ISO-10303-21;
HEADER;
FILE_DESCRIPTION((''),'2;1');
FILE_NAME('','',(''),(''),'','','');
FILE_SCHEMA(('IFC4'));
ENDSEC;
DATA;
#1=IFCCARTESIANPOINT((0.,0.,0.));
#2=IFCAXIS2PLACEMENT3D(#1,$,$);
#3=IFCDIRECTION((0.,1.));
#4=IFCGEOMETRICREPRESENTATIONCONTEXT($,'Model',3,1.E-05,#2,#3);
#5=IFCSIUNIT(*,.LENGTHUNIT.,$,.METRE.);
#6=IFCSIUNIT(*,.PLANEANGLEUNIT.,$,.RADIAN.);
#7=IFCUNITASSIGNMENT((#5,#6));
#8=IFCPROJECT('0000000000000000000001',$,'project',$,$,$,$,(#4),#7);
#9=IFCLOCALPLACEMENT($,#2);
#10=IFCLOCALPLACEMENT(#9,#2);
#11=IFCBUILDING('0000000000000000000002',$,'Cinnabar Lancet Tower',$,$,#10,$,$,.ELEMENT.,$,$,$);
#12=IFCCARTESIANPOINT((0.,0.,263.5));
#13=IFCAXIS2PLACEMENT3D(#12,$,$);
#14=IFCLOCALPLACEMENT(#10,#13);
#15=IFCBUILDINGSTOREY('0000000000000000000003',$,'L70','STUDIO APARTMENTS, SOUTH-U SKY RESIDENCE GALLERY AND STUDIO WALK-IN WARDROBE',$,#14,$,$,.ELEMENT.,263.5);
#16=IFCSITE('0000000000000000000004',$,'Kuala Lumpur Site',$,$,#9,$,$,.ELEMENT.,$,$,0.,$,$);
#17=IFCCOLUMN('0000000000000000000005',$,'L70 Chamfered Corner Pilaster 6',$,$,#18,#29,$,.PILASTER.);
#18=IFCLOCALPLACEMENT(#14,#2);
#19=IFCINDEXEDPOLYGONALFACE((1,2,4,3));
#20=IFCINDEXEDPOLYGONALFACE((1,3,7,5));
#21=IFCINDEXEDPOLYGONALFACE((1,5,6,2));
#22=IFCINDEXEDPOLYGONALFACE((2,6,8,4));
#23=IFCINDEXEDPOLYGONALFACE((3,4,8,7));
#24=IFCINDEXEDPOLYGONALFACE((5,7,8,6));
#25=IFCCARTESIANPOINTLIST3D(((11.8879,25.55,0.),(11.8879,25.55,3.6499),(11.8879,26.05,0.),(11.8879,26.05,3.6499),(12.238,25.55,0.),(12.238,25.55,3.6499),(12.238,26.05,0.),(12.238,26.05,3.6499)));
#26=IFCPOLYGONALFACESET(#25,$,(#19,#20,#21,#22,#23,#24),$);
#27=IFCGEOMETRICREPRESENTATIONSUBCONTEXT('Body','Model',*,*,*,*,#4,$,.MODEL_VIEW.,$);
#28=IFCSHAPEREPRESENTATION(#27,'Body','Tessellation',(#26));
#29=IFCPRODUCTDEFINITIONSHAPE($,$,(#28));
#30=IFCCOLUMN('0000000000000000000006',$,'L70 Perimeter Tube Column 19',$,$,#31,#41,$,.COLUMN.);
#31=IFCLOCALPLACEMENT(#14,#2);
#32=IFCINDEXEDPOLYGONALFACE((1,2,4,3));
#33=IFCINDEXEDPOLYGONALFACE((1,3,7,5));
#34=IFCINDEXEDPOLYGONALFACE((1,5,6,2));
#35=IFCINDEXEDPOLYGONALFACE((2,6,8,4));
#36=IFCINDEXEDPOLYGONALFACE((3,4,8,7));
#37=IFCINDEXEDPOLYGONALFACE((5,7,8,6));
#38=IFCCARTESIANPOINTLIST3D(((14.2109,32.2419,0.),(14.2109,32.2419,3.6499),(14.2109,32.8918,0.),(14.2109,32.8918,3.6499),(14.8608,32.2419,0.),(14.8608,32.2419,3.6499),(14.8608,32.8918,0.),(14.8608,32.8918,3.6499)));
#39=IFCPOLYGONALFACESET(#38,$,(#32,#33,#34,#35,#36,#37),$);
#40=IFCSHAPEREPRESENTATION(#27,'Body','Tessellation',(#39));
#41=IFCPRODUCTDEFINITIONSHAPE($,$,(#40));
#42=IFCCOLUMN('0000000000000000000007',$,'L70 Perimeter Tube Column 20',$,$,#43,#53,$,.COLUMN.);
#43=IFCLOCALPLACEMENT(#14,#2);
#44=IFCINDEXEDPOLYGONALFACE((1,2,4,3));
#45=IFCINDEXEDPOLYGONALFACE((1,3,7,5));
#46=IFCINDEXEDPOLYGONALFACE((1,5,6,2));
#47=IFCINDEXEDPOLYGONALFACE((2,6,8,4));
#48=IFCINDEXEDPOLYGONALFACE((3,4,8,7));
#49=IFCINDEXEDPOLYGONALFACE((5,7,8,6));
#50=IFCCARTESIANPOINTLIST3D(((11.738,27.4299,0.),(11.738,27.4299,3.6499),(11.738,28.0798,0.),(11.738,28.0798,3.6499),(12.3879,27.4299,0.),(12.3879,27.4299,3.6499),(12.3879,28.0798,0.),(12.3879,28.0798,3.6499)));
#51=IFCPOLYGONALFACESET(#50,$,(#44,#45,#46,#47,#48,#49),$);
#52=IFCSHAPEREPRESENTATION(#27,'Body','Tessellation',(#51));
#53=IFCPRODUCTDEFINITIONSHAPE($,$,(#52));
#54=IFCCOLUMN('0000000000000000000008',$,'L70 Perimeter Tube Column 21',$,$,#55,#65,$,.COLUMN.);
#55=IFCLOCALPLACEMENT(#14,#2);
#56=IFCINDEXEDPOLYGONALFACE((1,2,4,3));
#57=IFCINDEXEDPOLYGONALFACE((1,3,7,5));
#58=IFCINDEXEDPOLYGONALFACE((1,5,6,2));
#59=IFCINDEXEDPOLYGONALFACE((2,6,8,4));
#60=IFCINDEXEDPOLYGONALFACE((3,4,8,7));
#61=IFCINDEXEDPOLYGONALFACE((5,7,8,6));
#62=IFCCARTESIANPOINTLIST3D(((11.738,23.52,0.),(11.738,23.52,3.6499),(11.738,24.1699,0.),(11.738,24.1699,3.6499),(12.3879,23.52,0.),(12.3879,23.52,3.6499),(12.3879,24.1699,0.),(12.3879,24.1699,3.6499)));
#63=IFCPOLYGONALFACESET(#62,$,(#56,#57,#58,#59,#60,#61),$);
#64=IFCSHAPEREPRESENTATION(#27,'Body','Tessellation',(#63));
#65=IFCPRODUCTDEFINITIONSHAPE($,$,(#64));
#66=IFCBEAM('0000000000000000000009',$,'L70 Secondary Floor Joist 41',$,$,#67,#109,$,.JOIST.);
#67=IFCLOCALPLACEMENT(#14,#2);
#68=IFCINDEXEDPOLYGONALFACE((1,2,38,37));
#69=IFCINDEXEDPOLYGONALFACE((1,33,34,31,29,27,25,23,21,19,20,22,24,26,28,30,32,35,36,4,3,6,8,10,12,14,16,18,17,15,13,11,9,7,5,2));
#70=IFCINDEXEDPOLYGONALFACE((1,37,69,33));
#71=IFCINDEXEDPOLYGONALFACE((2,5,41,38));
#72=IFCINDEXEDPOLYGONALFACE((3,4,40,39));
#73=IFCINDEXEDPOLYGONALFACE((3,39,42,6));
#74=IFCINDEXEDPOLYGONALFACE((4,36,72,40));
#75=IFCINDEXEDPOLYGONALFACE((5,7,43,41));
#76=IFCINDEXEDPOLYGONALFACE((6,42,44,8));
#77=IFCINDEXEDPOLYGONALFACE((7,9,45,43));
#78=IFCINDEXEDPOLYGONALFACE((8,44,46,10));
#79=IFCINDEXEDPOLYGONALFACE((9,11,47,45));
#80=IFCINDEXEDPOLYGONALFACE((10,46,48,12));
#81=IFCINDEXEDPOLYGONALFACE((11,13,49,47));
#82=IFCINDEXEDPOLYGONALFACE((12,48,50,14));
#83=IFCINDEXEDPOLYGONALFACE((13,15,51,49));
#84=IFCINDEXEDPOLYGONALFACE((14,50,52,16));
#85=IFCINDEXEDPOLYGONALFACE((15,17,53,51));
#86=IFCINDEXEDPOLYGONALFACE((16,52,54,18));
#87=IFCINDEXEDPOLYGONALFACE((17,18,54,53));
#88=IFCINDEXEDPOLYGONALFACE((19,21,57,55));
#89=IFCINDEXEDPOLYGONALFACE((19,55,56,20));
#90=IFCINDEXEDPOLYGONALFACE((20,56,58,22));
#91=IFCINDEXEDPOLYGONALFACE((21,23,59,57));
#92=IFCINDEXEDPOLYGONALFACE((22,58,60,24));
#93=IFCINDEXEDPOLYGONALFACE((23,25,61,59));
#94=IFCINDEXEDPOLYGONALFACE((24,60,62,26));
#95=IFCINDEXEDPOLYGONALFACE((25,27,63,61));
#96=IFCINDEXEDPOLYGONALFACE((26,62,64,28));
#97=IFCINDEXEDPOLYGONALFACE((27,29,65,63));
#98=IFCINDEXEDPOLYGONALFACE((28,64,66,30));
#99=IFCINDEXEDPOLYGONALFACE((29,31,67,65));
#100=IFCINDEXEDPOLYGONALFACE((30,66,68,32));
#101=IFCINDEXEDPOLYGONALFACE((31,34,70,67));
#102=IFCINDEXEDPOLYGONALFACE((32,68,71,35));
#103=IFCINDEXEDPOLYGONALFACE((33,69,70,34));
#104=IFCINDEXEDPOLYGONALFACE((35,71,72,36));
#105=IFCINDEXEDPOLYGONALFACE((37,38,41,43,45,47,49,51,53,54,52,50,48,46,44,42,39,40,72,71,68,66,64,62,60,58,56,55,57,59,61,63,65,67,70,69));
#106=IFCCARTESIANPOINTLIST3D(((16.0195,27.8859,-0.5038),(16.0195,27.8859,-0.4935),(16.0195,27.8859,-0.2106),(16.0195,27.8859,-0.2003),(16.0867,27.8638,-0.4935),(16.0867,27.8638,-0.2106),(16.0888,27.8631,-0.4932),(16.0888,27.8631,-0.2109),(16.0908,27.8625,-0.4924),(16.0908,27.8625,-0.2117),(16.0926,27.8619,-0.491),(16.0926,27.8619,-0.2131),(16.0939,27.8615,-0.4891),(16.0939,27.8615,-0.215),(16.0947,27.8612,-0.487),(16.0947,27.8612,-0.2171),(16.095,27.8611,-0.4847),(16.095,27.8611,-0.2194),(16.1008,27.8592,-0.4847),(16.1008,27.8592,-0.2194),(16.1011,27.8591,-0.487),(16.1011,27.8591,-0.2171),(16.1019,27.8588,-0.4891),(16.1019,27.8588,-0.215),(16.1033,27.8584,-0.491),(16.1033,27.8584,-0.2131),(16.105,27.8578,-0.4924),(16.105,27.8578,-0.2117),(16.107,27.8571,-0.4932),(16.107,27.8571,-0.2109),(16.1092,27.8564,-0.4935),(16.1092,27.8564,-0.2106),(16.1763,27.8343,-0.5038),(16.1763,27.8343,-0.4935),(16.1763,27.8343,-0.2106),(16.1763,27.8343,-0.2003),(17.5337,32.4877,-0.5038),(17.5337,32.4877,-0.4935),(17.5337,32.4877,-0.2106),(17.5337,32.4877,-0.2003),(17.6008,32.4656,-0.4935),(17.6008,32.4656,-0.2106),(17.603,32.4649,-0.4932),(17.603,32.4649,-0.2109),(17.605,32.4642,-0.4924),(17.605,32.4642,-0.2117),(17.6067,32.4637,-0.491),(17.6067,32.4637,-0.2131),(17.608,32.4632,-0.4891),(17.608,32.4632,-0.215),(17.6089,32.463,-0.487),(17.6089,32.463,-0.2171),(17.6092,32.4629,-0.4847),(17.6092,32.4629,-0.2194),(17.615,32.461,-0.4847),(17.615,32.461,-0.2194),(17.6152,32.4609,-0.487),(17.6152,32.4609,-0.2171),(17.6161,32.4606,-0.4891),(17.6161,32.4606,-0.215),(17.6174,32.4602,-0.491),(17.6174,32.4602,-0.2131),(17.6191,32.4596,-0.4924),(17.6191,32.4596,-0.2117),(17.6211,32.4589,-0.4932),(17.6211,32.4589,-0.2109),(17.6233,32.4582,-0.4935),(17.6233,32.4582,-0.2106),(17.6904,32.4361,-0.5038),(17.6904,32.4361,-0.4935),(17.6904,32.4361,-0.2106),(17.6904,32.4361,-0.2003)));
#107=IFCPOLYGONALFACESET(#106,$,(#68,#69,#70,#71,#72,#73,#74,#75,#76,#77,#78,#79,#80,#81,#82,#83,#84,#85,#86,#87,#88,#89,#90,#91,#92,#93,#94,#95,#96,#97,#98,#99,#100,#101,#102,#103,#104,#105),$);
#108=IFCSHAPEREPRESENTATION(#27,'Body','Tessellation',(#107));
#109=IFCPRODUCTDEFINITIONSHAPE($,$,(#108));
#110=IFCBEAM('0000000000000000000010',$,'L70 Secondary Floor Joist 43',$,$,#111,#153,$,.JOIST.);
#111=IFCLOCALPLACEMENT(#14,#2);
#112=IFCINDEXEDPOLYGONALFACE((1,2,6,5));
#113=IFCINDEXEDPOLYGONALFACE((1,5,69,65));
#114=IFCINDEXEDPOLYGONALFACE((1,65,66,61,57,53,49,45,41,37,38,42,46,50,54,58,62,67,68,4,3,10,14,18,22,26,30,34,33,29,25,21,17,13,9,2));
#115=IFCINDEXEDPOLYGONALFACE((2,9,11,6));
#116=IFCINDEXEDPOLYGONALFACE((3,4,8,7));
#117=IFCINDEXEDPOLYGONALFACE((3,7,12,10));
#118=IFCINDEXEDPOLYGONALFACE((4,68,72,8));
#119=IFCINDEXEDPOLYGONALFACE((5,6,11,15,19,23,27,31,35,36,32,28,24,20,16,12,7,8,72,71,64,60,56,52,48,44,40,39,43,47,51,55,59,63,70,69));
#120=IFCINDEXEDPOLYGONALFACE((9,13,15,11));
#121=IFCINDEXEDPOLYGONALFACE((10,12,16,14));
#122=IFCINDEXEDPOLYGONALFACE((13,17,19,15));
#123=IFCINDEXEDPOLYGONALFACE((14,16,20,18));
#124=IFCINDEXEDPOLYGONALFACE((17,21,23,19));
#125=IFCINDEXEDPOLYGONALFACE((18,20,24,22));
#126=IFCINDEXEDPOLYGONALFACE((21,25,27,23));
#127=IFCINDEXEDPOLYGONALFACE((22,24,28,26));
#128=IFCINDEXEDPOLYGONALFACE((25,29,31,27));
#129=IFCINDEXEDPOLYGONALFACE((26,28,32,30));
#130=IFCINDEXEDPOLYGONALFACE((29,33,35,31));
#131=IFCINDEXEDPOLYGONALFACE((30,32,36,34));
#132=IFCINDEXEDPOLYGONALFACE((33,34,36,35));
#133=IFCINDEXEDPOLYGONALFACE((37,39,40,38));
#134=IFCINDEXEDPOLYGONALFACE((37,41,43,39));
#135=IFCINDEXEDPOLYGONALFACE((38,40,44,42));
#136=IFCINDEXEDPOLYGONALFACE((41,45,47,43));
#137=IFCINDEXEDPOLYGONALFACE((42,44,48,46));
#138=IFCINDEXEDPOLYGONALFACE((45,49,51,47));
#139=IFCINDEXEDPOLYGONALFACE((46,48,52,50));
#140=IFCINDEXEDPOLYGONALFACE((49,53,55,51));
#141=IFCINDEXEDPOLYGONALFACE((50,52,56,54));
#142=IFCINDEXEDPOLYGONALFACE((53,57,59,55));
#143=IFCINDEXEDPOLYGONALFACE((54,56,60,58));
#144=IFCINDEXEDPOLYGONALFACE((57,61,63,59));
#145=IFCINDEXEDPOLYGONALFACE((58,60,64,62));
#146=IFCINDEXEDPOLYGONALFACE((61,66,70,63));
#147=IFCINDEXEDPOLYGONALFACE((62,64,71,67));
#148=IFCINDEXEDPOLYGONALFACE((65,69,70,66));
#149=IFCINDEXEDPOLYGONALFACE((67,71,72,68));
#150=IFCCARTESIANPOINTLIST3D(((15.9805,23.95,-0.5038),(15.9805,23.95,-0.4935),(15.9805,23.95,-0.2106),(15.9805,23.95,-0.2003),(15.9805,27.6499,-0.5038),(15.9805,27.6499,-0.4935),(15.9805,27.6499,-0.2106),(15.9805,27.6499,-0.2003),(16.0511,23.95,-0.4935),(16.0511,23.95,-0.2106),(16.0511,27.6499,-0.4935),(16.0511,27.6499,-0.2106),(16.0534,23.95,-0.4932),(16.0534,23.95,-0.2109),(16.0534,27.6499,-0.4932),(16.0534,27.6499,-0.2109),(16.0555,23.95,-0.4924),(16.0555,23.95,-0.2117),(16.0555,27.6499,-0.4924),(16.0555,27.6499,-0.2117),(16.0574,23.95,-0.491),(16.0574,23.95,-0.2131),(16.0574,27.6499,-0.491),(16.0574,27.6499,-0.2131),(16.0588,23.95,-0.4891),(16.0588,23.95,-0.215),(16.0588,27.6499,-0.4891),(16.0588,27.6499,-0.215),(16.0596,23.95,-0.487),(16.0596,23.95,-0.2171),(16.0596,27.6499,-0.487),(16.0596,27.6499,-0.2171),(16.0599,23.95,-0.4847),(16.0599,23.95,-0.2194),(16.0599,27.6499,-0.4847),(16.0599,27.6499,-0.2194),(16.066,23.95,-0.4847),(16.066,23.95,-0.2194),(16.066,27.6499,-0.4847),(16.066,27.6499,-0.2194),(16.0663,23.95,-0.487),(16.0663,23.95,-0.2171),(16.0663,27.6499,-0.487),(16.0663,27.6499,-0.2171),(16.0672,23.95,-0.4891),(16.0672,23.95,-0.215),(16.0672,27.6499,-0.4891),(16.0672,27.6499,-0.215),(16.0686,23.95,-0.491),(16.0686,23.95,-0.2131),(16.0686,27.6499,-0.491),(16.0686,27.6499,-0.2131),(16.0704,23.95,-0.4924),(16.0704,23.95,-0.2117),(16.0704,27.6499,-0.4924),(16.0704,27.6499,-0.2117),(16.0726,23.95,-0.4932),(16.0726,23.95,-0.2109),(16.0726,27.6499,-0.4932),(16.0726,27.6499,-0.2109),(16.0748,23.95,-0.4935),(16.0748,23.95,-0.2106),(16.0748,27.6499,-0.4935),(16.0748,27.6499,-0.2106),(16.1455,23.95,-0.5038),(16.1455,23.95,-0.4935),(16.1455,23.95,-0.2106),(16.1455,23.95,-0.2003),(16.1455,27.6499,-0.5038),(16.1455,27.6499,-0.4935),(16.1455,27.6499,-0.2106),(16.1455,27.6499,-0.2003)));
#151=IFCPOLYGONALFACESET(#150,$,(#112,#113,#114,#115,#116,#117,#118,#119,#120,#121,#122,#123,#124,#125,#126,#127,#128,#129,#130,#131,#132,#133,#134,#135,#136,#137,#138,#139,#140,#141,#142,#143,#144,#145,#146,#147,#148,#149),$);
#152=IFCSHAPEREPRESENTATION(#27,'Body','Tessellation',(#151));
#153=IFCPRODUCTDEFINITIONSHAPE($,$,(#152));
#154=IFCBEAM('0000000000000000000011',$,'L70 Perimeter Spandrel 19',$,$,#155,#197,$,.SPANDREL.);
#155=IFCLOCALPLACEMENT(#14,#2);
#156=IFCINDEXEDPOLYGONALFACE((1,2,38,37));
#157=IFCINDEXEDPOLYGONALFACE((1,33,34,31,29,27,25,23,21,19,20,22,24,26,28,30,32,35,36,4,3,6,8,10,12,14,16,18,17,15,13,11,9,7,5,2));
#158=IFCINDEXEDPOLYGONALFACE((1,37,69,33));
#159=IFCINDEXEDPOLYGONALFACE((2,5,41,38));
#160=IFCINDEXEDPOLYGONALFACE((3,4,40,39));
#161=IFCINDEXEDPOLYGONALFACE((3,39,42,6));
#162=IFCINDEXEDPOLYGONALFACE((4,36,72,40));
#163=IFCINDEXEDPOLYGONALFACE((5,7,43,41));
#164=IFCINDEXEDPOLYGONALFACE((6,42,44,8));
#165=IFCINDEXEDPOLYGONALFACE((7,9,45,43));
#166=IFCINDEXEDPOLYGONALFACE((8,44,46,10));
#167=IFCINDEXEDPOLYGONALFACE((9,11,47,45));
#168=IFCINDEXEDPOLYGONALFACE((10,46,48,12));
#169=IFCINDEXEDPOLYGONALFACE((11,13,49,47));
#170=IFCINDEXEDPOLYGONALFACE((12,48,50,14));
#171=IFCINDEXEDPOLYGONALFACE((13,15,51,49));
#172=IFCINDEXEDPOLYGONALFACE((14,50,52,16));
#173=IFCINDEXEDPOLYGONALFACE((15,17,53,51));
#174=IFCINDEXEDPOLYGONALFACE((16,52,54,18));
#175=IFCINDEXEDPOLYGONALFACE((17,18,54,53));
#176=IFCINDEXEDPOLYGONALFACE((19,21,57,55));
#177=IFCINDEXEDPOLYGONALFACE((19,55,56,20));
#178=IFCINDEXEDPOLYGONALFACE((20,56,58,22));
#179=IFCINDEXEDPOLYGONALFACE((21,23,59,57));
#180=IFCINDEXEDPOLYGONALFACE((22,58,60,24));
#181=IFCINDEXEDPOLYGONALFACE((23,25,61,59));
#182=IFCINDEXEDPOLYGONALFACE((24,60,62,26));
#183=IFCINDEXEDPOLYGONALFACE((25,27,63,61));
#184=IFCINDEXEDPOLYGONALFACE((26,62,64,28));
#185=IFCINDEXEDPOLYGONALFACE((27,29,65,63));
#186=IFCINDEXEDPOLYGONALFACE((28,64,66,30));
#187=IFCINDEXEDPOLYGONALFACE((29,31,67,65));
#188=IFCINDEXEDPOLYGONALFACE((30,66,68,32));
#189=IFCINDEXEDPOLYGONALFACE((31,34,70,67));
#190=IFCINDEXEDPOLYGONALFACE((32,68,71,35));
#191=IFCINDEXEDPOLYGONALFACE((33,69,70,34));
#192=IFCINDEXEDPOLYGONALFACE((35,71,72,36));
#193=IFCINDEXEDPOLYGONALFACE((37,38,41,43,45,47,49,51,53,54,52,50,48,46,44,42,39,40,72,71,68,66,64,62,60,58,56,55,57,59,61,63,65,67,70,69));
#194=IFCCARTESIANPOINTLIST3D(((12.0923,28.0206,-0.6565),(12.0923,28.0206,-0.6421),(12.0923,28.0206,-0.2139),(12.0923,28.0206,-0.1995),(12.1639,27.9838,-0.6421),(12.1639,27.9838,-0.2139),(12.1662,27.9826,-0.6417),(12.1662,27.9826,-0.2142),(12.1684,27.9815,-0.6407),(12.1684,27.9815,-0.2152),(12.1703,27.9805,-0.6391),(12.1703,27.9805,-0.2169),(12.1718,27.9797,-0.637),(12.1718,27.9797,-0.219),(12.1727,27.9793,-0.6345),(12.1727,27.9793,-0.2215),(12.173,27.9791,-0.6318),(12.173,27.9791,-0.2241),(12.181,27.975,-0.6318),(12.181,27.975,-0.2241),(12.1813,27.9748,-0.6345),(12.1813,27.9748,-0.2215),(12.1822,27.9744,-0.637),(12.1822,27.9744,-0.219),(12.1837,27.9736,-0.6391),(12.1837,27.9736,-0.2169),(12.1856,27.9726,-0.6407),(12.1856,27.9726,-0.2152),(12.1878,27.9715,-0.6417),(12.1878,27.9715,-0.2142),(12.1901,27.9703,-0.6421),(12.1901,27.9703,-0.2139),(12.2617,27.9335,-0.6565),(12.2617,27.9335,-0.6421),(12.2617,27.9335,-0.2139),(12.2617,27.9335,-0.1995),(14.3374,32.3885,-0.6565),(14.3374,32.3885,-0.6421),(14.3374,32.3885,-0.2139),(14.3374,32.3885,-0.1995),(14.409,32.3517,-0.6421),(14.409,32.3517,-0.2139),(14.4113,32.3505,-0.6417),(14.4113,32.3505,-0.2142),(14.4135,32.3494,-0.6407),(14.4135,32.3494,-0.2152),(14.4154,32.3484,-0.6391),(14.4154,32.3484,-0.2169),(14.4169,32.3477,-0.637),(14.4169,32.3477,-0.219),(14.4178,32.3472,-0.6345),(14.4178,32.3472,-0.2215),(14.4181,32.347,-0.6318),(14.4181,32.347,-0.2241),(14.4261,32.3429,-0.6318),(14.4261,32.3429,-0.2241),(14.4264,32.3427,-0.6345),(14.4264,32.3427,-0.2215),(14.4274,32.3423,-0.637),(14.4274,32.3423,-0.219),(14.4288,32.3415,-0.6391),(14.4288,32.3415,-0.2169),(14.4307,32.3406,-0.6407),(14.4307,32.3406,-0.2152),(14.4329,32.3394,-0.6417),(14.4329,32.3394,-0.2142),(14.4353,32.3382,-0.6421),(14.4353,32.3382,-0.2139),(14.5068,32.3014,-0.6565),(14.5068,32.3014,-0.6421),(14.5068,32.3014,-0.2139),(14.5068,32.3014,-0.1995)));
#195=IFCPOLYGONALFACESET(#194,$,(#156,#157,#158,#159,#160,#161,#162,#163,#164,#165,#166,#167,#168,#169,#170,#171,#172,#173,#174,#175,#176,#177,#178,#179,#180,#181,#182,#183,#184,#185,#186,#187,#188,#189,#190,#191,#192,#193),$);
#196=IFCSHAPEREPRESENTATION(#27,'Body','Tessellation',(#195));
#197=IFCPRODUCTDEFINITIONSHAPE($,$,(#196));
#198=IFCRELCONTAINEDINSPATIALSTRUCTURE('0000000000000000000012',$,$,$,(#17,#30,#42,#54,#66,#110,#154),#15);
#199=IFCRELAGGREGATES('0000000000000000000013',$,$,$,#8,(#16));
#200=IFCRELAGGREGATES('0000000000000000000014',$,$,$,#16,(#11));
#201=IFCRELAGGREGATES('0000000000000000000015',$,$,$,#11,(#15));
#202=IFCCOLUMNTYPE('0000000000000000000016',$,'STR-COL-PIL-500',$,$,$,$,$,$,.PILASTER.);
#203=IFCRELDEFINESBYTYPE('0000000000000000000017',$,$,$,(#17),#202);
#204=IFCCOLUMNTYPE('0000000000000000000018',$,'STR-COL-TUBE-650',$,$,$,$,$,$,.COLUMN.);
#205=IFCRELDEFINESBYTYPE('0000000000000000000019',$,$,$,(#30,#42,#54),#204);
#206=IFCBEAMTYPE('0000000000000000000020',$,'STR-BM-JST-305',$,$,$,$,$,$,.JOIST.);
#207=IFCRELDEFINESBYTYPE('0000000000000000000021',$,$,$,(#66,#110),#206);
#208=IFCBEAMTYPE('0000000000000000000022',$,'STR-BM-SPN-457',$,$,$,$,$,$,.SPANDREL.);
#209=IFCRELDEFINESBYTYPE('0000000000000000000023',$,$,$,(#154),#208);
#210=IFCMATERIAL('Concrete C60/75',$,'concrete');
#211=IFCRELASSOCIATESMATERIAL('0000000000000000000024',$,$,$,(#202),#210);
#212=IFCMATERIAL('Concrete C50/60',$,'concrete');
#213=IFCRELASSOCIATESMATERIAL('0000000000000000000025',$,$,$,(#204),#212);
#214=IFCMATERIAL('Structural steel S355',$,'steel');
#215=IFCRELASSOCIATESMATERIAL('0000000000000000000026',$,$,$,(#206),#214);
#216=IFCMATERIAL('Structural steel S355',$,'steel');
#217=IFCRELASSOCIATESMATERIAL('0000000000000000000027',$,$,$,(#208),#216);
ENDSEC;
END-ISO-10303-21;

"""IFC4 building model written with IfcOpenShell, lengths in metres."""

from ifc_helpers import new_model, si_unit, direction, frame, origin, origin_2d, place, context, subcontext, project, spatial, rectangle, i_section, extrude, material, material_profile, profile_set, type_object, element, save


model = new_model("IFC4")

# Units and contexts
model_context = context("Model", 3, precision=1e-05, world=origin(), true_north=direction((0.0, 1.0)))
body_context = subcontext(model_context, "Body", "Model", "MODEL_VIEW")
ifc_project = project(units=[si_unit("LENGTHUNIT", "METRE"), si_unit("PLANEANGLEUNIT", "RADIAN")], contexts=[model_context])

# Site, building, storey
site_placement = place(None, origin())
site = spatial("IfcSite", under=ifc_project, at=site_placement, Name="Kuala Lumpur Site", CompositionType="ELEMENT", RefElevation=0.0)
building_placement = place(site_placement, origin())
building = spatial("IfcBuilding", under=site, at=building_placement, Name="Cinnabar Lancet Tower", CompositionType="ELEMENT")
storey_placement = place(building_placement, frame((0.0, 0.0, 263.5)))
storey = spatial("IfcBuildingStorey", under=building, at=storey_placement, Name="L70", Description="STUDIO APARTMENTS, SOUTH-U SKY RESIDENCE GALLERY AND STUDIO WALK-IN WARDROBE", CompositionType="ELEMENT", Elevation=263.5)

# Columns
ifc_material_1 = material(Name="Concrete C60/75", Category="concrete")
ifc_material_profile_1 = material_profile(ifc_material_1, rectangle(XDim=0.5, YDim=0.3501, at=origin_2d()), Name="RC-PIL 500x350")
ifc_profile_set_1 = profile_set([ifc_material_profile_1], Name="Concrete C60/75")
column_type_1 = type_object("IfcColumnType", Name="STR-COL-PIL-500", PredefinedType="PILASTER", material=ifc_profile_set_1)
column_placement = place(storey_placement, frame((12.063, 25.8, 0.0), z_axis=(0.0, 0.0, 1.0), x_axis=(0.0, -1.0, 0.0)))
element("IfcColumn", 1, at=column_placement, inside=storey, type_object=column_type_1, Name="L70 Chamfered Corner Pilaster 6", PredefinedType="PILASTER", context=body_context, shape_type="SweptSolid", body=[
    extrude(rectangle(XDim=0.5, YDim=0.3501, at=origin_2d()), origin(), (0.0, 0.0, 1.0), 3.6499),
])
ifc_material_2 = material(Name="Concrete C50/60", Category="concrete")
ifc_material_profile_2 = material_profile(ifc_material_2, rectangle(XDim=0.6499, YDim=0.6499, at=origin_2d()), Name="RC-COL 650x650")
ifc_profile_set_2 = profile_set([ifc_material_profile_2], Name="Concrete C50/60")
column_type_2 = type_object("IfcColumnType", Name="STR-COL-TUBE-650", PredefinedType="COLUMN", material=ifc_profile_set_2)
for number, where, z_axis, x_axis, name in (
    (2, (14.5359, 32.5669, 0.0), (0.0, 0.0, 1.0), (1.0, 0.0, 0.0), "L70 Perimeter Tube Column 19"),
    (3, (12.063, 27.7549, 0.0), (0.0, 0.0, 1.0), (1.0, 0.0, 0.0), "L70 Perimeter Tube Column 20"),
    (4, (12.063, 23.845, 0.0), (0.0, 0.0, 1.0), (1.0, 0.0, 0.0), "L70 Perimeter Tube Column 21"),
):
    element("IfcColumn", number, at=place(storey_placement, frame(where, z_axis=z_axis, x_axis=x_axis)), inside=storey, type_object=column_type_2, Name=name, PredefinedType="COLUMN", context=body_context, shape_type="SweptSolid", body=[
        extrude(rectangle(XDim=0.6499, YDim=0.6499, at=origin_2d()), origin(), (0.0, 0.0, 1.0), 3.6499),
    ])

# Beams
ifc_material_3 = material(Name="Structural steel S355", Category="steel")
ifc_material_profile_3 = material_profile(ifc_material_3, i_section(OverallWidth=0.165, OverallDepth=0.3035, WebThickness=0.0061, FlangeThickness=0.0103, FilletRadius=0.0088, at=origin_2d()), Name="UKB 305x165x40")
ifc_profile_set_3 = profile_set([ifc_material_profile_3], Name="Structural steel S355")
beam_type_1 = type_object("IfcBeamType", Name="STR-BM-JST-305", PredefinedType="JOIST", material=ifc_profile_set_3)
beam_1_placement = place(storey_placement, frame((17.6121, 32.4619, -0.3521), z_axis=(-0.312552, -0.949901, 0.0), x_axis=(0.949901, -0.312552, 0.0)))
element("IfcBeam", 5, at=beam_1_placement, inside=storey, type_object=beam_type_1, Name="L70 Secondary Floor Joist 41", PredefinedType="JOIST", context=body_context, shape_type="SweptSolid", body=[
    extrude(i_section(OverallWidth=0.165, OverallDepth=0.3035, WebThickness=0.0061, FlangeThickness=0.0103, FilletRadius=0.0088, at=origin_2d()), origin(), (0.0, 0.0, 1.0), 4.8445),
])
beam_2_placement = place(storey_placement, frame((16.063, 27.6499, -0.3521), z_axis=(0.0, -1.0, 0.0), x_axis=(1.0, 0.0, 0.0)))
element("IfcBeam", 6, at=beam_2_placement, inside=storey, type_object=beam_type_1, Name="L70 Secondary Floor Joist 43", PredefinedType="JOIST", context=body_context, shape_type="SweptSolid", body=[
    extrude(i_section(OverallWidth=0.165, OverallDepth=0.3035, WebThickness=0.0061, FlangeThickness=0.0103, FilletRadius=0.0088, at=origin_2d()), origin(), (0.0, 0.0, 1.0), 3.7),
])
ifc_material_4 = material(Name="Structural steel S355", Category="steel")
ifc_material_profile_4 = material_profile(ifc_material_4, i_section(OverallWidth=0.1904, OverallDepth=0.457, WebThickness=0.009, FlangeThickness=0.0144, FilletRadius=0.0103, at=origin_2d()), Name="UKB 457x191x74")
ifc_profile_set_4 = profile_set([ifc_material_profile_4], Name="Structural steel S355")
beam_type_2 = type_object("IfcBeamType", Name="STR-BM-SPN-457", PredefinedType="SPANDREL", material=ifc_profile_set_4)
beam_3_placement = place(storey_placement, frame((14.4221, 32.345, -0.428), z_axis=(-0.457148, -0.889391, 0.0), x_axis=(0.889391, -0.457148, 0.0)))
element("IfcBeam", 7, at=beam_3_placement, inside=storey, type_object=beam_type_2, Name="L70 Perimeter Spandrel 19", PredefinedType="SPANDREL", context=body_context, shape_type="SweptSolid", body=[
    extrude(i_section(OverallWidth=0.1904, OverallDepth=0.457, WebThickness=0.009, FlangeThickness=0.0144, FilletRadius=0.0103, at=origin_2d()), origin(), (0.0, 0.0, 1.0), 4.9111),
])

save(model, "model.ifc")
